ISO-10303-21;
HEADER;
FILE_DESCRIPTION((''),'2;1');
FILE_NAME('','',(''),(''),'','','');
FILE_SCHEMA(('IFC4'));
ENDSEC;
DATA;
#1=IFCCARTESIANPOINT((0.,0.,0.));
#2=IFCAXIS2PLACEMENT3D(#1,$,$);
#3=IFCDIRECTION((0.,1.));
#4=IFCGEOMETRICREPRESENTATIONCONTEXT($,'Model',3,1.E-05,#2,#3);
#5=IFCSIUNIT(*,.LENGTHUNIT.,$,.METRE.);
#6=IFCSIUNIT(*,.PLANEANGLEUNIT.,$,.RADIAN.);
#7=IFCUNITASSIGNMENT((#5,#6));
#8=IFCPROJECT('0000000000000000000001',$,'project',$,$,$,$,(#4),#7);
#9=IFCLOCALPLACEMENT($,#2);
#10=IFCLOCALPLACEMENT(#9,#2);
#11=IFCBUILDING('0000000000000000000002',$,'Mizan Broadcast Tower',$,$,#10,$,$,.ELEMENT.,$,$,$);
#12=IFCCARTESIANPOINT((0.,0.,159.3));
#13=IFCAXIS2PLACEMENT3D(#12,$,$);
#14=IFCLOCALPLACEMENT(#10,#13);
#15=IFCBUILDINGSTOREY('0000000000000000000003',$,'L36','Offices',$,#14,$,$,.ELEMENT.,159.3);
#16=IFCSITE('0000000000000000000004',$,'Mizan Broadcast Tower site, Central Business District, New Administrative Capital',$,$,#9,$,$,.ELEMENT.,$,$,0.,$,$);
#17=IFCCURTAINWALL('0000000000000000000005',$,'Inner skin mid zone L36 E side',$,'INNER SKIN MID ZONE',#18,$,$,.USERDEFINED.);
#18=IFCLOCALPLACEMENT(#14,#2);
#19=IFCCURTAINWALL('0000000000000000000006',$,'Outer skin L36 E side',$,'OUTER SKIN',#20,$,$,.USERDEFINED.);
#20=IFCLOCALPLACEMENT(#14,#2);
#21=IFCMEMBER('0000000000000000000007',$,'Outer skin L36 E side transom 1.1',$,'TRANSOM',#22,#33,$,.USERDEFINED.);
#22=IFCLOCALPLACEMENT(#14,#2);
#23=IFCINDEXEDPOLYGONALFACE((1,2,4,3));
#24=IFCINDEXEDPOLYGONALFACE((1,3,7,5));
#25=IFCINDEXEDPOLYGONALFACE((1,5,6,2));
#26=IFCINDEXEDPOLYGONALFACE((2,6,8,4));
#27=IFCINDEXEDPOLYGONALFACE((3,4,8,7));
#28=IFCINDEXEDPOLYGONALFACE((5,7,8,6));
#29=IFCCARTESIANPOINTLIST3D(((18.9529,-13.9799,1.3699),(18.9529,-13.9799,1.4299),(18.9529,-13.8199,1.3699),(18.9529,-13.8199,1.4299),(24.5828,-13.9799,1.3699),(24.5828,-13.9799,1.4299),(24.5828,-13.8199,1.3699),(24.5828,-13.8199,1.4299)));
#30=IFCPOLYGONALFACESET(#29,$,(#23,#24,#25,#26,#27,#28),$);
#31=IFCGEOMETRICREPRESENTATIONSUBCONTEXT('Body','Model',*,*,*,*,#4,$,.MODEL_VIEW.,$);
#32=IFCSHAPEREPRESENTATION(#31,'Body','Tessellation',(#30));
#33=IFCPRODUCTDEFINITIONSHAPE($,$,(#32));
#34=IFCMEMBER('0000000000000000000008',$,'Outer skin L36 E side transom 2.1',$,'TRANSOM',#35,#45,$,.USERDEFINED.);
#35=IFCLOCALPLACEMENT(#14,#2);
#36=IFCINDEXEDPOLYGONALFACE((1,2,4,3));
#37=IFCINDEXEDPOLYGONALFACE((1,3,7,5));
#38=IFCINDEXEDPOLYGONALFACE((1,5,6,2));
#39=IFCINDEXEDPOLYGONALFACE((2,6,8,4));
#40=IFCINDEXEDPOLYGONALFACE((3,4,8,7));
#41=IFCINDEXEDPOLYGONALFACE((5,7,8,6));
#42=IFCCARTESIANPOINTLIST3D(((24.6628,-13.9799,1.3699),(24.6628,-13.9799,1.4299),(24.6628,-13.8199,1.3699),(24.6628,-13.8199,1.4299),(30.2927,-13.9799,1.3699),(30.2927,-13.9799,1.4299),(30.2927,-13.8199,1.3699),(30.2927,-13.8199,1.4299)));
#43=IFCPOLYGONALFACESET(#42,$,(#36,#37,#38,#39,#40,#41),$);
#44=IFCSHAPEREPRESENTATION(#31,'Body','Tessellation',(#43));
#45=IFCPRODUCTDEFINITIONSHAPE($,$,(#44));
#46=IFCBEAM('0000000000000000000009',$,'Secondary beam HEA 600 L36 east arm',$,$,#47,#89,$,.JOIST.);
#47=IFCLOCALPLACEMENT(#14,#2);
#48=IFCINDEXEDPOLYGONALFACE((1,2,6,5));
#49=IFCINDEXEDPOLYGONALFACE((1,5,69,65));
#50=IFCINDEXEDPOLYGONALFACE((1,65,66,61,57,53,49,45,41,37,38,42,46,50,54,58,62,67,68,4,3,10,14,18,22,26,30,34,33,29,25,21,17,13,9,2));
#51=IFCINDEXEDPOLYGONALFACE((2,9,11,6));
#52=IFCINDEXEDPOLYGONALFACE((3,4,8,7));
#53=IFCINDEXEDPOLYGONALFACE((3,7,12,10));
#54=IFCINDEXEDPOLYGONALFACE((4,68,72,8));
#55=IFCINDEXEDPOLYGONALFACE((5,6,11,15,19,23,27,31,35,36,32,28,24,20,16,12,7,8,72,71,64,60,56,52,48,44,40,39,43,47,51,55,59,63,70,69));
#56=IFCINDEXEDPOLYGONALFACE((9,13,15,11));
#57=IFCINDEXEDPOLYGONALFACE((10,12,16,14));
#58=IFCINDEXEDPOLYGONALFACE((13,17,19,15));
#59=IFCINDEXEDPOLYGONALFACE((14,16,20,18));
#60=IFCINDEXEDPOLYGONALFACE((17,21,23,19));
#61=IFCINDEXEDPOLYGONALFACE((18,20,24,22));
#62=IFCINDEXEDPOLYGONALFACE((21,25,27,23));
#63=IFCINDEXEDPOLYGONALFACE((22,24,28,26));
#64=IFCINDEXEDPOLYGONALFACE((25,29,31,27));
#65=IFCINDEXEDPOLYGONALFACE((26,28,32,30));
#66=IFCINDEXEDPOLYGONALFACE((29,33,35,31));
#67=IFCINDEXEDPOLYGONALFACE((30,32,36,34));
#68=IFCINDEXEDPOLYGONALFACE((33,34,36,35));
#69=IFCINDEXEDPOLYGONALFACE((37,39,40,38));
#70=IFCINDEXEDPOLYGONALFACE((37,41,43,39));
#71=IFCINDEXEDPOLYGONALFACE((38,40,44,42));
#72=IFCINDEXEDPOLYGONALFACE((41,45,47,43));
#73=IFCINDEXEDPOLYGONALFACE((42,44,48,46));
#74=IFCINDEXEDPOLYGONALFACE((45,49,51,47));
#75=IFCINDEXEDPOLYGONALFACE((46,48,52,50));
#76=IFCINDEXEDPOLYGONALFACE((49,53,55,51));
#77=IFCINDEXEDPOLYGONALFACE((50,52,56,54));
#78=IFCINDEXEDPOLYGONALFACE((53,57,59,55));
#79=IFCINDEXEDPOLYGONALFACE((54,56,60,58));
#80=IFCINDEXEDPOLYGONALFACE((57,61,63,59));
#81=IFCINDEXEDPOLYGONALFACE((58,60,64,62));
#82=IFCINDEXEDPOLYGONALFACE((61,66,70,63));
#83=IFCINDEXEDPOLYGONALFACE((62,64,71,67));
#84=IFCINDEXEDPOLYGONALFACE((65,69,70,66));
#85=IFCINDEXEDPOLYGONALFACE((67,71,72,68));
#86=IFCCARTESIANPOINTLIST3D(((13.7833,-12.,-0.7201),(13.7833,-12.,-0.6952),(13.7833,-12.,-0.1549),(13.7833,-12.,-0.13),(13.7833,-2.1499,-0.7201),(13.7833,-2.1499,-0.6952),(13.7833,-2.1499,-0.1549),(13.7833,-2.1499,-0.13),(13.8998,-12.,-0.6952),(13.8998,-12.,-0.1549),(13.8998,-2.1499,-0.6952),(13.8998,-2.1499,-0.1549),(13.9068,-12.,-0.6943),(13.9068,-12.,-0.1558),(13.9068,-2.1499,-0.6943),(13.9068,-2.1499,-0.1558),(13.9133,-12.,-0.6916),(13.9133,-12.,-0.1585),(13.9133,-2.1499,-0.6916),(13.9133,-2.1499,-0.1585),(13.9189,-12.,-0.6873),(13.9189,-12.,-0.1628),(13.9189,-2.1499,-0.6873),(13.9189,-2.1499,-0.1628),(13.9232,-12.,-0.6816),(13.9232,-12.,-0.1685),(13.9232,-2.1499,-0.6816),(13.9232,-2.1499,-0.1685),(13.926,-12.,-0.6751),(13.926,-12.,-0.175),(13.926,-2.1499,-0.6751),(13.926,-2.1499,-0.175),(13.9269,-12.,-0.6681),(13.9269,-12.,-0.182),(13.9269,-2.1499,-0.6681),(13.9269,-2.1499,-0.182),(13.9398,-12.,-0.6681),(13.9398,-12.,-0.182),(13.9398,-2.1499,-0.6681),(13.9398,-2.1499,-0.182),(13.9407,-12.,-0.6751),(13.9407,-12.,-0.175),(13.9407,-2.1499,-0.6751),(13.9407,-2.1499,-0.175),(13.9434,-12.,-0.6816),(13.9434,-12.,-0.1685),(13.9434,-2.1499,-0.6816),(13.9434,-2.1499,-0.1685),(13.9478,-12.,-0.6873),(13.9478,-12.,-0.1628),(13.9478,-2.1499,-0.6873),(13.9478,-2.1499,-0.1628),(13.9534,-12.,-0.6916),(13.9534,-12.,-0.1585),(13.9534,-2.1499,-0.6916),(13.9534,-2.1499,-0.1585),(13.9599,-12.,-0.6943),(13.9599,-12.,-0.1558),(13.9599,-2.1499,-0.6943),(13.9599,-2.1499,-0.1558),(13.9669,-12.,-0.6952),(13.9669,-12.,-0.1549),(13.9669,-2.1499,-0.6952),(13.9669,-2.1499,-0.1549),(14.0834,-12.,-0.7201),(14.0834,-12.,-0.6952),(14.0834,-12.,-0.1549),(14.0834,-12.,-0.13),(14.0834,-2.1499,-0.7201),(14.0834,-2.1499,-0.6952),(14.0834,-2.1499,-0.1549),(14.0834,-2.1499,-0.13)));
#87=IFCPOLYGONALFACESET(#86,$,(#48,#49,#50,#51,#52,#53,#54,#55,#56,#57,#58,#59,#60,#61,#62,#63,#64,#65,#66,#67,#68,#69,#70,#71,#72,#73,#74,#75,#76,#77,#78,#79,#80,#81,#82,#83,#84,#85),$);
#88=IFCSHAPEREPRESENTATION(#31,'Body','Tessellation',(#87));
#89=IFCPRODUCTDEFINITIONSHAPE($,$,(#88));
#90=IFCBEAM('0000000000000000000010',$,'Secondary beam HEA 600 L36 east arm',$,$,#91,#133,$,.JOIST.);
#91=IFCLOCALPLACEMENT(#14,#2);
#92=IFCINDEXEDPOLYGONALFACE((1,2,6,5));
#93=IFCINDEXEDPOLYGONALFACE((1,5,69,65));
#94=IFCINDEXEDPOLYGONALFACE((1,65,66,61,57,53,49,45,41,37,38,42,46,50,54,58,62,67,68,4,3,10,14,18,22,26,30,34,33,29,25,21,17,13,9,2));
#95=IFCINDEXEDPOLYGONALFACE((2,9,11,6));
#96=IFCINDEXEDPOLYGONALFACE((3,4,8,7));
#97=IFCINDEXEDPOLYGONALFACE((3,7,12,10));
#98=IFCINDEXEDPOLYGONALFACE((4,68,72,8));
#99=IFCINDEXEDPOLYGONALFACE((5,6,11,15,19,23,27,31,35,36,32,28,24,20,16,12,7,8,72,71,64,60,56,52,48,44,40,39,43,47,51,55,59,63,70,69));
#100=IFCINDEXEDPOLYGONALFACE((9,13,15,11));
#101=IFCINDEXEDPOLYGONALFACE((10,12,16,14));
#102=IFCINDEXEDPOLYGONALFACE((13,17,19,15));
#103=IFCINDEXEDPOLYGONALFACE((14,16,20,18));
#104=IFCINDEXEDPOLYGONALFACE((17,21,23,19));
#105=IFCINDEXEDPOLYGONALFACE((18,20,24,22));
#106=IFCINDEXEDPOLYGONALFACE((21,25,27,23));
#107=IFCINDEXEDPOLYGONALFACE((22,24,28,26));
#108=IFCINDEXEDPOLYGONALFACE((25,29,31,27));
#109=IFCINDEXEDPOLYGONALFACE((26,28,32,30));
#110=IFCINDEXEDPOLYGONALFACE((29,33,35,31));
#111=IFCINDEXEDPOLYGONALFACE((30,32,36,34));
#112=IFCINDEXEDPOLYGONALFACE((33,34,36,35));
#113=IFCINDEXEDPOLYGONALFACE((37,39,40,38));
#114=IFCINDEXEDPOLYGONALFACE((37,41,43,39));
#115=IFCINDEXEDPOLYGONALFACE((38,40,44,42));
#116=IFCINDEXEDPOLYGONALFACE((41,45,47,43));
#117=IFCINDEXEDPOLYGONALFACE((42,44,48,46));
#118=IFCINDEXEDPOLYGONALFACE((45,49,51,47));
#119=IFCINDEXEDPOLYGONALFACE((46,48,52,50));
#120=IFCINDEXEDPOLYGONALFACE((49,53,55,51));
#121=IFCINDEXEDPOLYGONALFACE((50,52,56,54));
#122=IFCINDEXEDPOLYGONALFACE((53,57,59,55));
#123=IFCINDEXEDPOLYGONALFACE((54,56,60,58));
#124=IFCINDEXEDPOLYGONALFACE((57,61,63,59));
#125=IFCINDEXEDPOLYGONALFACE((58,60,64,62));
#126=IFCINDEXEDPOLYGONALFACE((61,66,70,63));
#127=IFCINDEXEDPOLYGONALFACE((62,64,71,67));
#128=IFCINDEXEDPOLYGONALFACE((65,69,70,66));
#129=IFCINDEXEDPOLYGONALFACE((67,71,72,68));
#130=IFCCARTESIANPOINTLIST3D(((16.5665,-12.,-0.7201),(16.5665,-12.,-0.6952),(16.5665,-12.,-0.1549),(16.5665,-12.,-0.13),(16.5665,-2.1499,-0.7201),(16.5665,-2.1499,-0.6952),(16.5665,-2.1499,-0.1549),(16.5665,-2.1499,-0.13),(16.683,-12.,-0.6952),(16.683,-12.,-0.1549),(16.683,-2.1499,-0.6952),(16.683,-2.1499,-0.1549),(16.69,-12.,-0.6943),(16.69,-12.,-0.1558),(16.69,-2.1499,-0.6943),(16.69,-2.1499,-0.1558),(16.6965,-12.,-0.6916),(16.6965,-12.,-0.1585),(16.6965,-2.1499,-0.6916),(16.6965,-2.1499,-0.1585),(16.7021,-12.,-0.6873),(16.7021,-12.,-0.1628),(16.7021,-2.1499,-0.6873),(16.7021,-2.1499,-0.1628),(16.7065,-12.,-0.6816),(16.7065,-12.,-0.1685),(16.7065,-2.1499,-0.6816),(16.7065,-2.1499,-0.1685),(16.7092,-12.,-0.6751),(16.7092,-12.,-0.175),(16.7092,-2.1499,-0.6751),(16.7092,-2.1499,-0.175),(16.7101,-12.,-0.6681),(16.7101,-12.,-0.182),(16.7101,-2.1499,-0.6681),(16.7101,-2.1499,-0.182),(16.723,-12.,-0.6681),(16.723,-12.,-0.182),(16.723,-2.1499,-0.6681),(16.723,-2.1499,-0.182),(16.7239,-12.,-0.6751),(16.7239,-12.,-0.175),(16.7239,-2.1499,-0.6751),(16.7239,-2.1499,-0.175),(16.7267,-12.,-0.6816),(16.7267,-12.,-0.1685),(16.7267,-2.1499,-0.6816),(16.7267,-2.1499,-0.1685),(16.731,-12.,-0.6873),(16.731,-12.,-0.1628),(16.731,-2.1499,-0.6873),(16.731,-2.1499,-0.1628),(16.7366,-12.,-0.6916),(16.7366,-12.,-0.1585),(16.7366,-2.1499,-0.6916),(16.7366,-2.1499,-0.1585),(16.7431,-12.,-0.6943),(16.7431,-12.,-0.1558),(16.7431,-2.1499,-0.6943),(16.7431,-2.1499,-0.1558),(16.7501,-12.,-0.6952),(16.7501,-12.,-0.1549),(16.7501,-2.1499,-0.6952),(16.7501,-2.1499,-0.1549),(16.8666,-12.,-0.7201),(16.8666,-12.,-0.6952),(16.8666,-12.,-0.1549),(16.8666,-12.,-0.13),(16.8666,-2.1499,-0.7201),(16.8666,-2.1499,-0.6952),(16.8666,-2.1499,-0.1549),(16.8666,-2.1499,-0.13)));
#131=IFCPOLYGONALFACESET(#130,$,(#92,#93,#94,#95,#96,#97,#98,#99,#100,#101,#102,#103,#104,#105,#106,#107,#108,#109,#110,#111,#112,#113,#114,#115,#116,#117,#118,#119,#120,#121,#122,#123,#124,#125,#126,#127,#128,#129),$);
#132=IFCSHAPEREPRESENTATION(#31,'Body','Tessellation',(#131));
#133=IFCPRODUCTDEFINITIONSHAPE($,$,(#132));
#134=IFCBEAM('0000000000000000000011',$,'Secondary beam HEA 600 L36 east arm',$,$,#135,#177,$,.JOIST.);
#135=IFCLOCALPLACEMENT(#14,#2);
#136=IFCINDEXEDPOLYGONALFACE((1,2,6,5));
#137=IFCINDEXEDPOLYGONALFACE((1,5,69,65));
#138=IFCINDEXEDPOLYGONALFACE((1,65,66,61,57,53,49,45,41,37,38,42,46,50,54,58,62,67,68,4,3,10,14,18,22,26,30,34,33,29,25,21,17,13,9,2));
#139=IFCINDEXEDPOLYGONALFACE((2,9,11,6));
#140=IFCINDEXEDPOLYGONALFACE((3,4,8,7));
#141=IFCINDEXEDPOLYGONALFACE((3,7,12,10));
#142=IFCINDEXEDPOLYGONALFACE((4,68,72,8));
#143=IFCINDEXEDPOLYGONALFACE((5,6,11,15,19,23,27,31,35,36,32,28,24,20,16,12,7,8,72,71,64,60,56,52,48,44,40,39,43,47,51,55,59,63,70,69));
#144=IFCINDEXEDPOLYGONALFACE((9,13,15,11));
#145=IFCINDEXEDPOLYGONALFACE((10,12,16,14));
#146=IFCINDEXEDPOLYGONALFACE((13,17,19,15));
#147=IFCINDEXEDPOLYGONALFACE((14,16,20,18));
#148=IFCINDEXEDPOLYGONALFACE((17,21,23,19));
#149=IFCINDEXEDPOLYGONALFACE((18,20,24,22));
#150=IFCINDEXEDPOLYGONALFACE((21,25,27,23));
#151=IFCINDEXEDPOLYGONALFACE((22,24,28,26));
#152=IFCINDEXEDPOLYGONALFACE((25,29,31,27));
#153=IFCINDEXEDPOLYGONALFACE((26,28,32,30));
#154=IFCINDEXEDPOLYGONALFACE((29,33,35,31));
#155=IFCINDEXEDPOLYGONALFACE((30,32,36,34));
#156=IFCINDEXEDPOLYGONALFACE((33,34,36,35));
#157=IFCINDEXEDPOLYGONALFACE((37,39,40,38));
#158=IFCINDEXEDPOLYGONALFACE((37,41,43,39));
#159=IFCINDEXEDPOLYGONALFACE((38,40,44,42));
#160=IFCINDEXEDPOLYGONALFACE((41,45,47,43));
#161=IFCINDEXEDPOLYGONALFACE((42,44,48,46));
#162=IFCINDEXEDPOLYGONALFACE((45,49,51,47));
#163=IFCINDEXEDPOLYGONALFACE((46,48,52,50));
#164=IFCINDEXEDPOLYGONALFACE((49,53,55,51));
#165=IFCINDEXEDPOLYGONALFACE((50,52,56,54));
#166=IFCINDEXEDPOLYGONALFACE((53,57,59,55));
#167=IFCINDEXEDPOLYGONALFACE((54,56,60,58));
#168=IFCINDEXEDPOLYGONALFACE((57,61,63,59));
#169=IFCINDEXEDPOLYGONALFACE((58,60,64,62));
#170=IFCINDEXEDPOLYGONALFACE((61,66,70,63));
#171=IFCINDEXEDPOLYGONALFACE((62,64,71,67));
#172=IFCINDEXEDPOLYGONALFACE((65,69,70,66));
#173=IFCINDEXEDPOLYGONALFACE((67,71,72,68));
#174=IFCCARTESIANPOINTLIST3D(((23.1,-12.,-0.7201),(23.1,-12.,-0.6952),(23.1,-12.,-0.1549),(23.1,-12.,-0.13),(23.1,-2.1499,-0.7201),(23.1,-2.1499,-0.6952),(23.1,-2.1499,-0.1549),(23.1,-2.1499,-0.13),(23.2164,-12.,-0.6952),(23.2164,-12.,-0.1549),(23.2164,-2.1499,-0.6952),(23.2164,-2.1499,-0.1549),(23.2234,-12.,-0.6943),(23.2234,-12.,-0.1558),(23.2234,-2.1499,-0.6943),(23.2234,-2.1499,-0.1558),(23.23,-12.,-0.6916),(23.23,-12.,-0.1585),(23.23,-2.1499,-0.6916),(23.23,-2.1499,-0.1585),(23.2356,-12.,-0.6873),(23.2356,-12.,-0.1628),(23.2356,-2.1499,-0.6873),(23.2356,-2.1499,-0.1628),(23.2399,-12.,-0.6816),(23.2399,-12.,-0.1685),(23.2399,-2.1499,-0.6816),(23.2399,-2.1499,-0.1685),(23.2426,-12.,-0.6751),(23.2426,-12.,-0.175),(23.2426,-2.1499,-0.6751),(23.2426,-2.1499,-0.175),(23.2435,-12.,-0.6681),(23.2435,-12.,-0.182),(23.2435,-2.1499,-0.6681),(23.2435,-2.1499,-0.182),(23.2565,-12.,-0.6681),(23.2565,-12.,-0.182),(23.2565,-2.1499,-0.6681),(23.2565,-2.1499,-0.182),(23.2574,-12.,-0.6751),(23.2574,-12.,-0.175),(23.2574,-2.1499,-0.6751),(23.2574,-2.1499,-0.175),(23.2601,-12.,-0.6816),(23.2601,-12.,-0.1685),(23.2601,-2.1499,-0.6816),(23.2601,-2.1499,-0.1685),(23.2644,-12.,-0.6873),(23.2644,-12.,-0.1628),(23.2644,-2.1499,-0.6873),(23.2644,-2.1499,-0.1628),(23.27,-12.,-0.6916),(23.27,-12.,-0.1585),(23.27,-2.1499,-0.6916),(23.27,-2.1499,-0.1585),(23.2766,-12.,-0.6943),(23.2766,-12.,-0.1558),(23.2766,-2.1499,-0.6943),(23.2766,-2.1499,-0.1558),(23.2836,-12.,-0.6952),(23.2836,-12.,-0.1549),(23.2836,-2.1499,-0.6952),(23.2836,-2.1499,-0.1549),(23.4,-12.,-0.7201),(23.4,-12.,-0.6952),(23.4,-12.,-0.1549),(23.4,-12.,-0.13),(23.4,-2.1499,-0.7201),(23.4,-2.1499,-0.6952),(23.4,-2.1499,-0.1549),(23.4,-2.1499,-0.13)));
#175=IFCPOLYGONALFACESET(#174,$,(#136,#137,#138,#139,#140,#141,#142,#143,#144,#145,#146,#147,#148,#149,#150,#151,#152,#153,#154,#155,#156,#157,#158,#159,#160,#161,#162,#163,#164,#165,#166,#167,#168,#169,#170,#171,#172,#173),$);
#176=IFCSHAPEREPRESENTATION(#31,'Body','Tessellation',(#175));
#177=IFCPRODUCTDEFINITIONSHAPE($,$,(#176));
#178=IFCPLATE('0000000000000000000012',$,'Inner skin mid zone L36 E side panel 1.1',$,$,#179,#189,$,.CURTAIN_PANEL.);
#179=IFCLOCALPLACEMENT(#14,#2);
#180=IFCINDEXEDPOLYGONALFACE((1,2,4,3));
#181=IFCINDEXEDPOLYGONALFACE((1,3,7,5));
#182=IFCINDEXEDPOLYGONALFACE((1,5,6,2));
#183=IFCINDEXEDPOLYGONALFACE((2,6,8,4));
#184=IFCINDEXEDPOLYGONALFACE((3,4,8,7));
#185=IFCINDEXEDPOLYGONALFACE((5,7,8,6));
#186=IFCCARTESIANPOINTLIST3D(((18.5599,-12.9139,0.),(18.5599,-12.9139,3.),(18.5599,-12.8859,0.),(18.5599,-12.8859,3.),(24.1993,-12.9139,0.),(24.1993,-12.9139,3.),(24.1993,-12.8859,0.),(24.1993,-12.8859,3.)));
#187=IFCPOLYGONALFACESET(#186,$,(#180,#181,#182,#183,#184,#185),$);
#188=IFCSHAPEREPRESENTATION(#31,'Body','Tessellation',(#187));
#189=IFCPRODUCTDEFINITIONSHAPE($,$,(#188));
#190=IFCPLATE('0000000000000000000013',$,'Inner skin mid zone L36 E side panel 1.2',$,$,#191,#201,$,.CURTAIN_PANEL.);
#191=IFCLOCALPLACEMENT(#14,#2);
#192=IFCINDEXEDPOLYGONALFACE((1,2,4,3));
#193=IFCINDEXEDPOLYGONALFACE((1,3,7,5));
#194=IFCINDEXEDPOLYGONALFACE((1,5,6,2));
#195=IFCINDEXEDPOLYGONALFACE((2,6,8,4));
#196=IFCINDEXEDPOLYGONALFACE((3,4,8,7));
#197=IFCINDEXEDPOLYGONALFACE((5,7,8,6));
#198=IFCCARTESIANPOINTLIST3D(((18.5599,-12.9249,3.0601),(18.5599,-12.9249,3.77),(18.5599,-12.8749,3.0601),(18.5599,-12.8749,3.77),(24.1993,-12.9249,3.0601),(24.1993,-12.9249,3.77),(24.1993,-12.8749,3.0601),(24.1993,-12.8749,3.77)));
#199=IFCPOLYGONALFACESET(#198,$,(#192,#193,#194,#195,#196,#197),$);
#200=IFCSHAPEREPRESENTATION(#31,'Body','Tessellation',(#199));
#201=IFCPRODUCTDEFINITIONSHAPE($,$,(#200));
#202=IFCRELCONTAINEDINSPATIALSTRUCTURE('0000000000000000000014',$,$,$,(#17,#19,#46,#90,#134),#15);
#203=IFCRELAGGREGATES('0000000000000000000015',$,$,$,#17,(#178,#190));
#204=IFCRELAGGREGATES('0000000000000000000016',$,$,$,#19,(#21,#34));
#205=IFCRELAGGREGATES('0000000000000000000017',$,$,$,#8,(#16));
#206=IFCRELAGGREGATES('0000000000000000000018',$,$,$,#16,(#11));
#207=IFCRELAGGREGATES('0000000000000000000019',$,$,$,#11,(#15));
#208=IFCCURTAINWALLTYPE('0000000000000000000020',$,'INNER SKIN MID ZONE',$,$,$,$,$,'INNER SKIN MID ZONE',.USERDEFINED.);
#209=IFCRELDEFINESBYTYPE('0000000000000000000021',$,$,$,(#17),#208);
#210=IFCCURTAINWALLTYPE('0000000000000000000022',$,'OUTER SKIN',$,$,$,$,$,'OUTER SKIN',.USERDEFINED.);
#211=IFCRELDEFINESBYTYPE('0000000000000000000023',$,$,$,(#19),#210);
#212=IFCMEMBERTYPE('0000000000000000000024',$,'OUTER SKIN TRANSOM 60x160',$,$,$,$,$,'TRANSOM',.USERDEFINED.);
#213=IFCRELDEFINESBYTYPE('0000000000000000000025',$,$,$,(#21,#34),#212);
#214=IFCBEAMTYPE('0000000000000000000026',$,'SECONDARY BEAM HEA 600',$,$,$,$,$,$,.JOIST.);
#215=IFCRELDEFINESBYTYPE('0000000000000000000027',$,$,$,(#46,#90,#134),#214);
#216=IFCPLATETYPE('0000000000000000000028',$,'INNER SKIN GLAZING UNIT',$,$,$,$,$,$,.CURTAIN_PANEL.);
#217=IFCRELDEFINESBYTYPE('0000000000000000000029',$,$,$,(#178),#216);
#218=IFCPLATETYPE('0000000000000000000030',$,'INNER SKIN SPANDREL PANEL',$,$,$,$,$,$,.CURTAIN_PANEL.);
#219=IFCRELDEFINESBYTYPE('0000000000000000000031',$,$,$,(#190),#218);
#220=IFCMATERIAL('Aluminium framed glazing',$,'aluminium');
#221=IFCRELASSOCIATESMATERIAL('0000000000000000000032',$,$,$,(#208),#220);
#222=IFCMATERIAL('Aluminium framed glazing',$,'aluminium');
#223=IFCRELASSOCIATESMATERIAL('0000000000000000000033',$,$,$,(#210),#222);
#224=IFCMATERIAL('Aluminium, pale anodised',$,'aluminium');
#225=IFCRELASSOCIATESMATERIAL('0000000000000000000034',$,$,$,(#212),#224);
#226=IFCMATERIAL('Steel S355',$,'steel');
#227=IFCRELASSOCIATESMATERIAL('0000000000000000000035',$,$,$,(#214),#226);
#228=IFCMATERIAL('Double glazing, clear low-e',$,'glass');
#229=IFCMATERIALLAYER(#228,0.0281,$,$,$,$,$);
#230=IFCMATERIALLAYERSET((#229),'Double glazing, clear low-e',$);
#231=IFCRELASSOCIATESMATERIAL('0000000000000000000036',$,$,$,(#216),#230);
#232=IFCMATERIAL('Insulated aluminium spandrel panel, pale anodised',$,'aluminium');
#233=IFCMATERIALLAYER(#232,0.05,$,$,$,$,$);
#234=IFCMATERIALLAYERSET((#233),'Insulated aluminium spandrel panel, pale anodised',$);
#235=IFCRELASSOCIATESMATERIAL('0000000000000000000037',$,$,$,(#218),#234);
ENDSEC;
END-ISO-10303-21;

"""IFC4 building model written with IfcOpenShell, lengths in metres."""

from ifc_helpers import new_model, si_unit, direction, frame, origin, origin_2d, place, context, subcontext, project, spatial, rectangle, i_section, extrude, material, layer, layer_set, material_profile, profile_set, type_object, element, aggregate, save


model = new_model("IFC4")

# Units and contexts
model_context = context("Model", 3, precision=1e-05, world=origin(), true_north=direction((0.0, 1.0)))
body_context = subcontext(model_context, "Body", "Model", "MODEL_VIEW")
ifc_project = project(units=[si_unit("LENGTHUNIT", "METRE"), si_unit("PLANEANGLEUNIT", "RADIAN")], contexts=[model_context])

# Site, building, storey
site_placement = place(None, origin())
site = spatial("IfcSite", under=ifc_project, at=site_placement, Name="Mizan Broadcast Tower site, Central Business District, New Administrative Capital", CompositionType="ELEMENT", RefElevation=0.0)
building_placement = place(site_placement, origin())
building = spatial("IfcBuilding", under=site, at=building_placement, Name="Mizan Broadcast Tower", CompositionType="ELEMENT")
storey_placement = place(building_placement, frame((0.0, 0.0, 159.3)))
storey = spatial("IfcBuildingStorey", under=building, at=storey_placement, Name="L36", Description="Offices", CompositionType="ELEMENT", Elevation=159.3)

# Curtain wall
ifc_material_1 = material(Name="Aluminium framed glazing", Category="aluminium")
curtain_wall_type_1 = type_object("IfcCurtainWallType", Name="INNER SKIN MID ZONE", ElementType="INNER SKIN MID ZONE", PredefinedType="USERDEFINED", material=ifc_material_1)
curtain_wall_1_placement = place(storey_placement, origin())
curtain_wall_1 = element("IfcCurtainWall", 1, at=curtain_wall_1_placement, inside=storey, type_object=curtain_wall_type_1, Name="Inner skin mid zone L36 E side", ObjectType="INNER SKIN MID ZONE", PredefinedType="USERDEFINED")

# Curtain wall
ifc_material_2 = material(Name="Aluminium framed glazing", Category="aluminium")
curtain_wall_type_2 = type_object("IfcCurtainWallType", Name="OUTER SKIN", ElementType="OUTER SKIN", PredefinedType="USERDEFINED", material=ifc_material_2)
curtain_wall_2_placement = place(storey_placement, origin())
curtain_wall_2 = element("IfcCurtainWall", 2, at=curtain_wall_2_placement, inside=storey, type_object=curtain_wall_type_2, Name="Outer skin L36 E side", ObjectType="OUTER SKIN", PredefinedType="USERDEFINED")

# Members
ifc_material_3 = material(Name="Aluminium, pale anodised", Category="aluminium")
ifc_material_profile_1 = material_profile(ifc_material_3, rectangle(XDim=0.1599, YDim=0.0601, at=origin_2d()), Name="TRANSOM 160x60")
ifc_profile_set_1 = profile_set([ifc_material_profile_1], Name="Aluminium, pale anodised")
member_type_1 = type_object("IfcMemberType", Name="OUTER SKIN TRANSOM 60x160", ElementType="TRANSOM", PredefinedType="USERDEFINED", material=ifc_profile_set_1)
member_1_placement = place(storey_placement, frame((18.9529, -13.8999, 1.3999), z_axis=(1.0, 0.0, 0.0), x_axis=(0.0, 1.0, 0.0)))
member_1 = element("IfcMember", 3, at=member_1_placement, type_object=member_type_1, Name="Outer skin L36 E side transom 1.1", ObjectType="TRANSOM", PredefinedType="USERDEFINED", context=body_context, shape_type="SweptSolid", body=[
    extrude(rectangle(XDim=0.1599, YDim=0.0601, at=origin_2d()), origin(), (0.0, 0.0, 1.0), 5.6299),
])
member_2_placement = place(storey_placement, frame((24.6628, -13.8999, 1.3999), z_axis=(1.0, 0.0, 0.0), x_axis=(0.0, 1.0, 0.0)))
member_2 = element("IfcMember", 4, at=member_2_placement, type_object=member_type_1, Name="Outer skin L36 E side transom 2.1", ObjectType="TRANSOM", PredefinedType="USERDEFINED", context=body_context, shape_type="SweptSolid", body=[
    extrude(rectangle(XDim=0.1599, YDim=0.0601, at=origin_2d()), origin(), (0.0, 0.0, 1.0), 5.6299),
])

# Beams
ifc_material_4 = material(Name="Steel S355", Category="steel")
ifc_material_profile_2 = material_profile(ifc_material_4, i_section(OverallWidth=0.3, OverallDepth=0.5901, WebThickness=0.0129, FlangeThickness=0.0249, FilletRadius=0.0271, at=origin_2d()), Name="HEA 600")
ifc_profile_set_2 = profile_set([ifc_material_profile_2], Name="Steel S355")
beam_type_1 = type_object("IfcBeamType", Name="SECONDARY BEAM HEA 600", PredefinedType="JOIST", material=ifc_profile_set_2)
for number, where, z_axis, x_axis, name in (
    (5, (13.9333, -12.0, -0.425), (0.0, 1.0, 0.0), (-1.0, 0.0, 0.0), "Secondary beam HEA 600 L36 east arm"),
    (6, (16.7166, -12.0, -0.425), (0.0, 1.0, 0.0), (-1.0, 0.0, 0.0), "Secondary beam HEA 600 L36 east arm"),
    (7, (23.25, -12.0, -0.425), (0.0, 1.0, 0.0), (-1.0, 0.0, 0.0), "Secondary beam HEA 600 L36 east arm"),
):
    element("IfcBeam", number, at=place(storey_placement, frame(where, z_axis=z_axis, x_axis=x_axis)), inside=storey, type_object=beam_type_1, Name=name, PredefinedType="JOIST", context=body_context, shape_type="SweptSolid", body=[
        extrude(i_section(OverallWidth=0.3, OverallDepth=0.5901, WebThickness=0.0129, FlangeThickness=0.0249, FilletRadius=0.0271, at=origin_2d()), origin(), (0.0, 0.0, 1.0), 9.8501),
    ])

# Plates
ifc_material_5 = material(Name="Double glazing, clear low-e", Category="glass")
ifc_layer_1 = layer(ifc_material_5, 0.0281)
ifc_layer_set_1 = layer_set([ifc_layer_1], Name="Double glazing, clear low-e")
plate_type_1 = type_object("IfcPlateType", Name="INNER SKIN GLAZING UNIT", PredefinedType="CURTAIN_PANEL", material=ifc_layer_set_1)
plate_1_placement = place(storey_placement, frame((21.3796, -12.8999, 0.0), z_axis=(0.0, 0.0, 1.0), x_axis=(1.0, 0.0, 0.0)))
plate_1 = element("IfcPlate", 8, at=plate_1_placement, type_object=plate_type_1, Name="Inner skin mid zone L36 E side panel 1.1", PredefinedType="CURTAIN_PANEL", context=body_context, shape_type="SweptSolid", body=[
    extrude(rectangle(XDim=5.6394, YDim=0.0281, at=origin_2d()), origin(), (0.0, 0.0, 1.0), 3.0),
])
ifc_material_6 = material(Name="Insulated aluminium spandrel panel, pale anodised", Category="aluminium")
ifc_layer_2 = layer(ifc_material_6, 0.05)
ifc_layer_set_2 = layer_set([ifc_layer_2], Name="Insulated aluminium spandrel panel, pale anodised")
plate_type_2 = type_object("IfcPlateType", Name="INNER SKIN SPANDREL PANEL", PredefinedType="CURTAIN_PANEL", material=ifc_layer_set_2)
plate_2_placement = place(storey_placement, frame((21.3796, -12.8999, 3.0601), z_axis=(0.0, 0.0, 1.0), x_axis=(1.0, 0.0, 0.0)))
plate_2 = element("IfcPlate", 9, at=plate_2_placement, type_object=plate_type_2, Name="Inner skin mid zone L36 E side panel 1.2", PredefinedType="CURTAIN_PANEL", context=body_context, shape_type="SweptSolid", body=[
    extrude(rectangle(XDim=5.6394, YDim=0.05, at=origin_2d()), origin(), (0.0, 0.0, 1.0), 0.71),
])
aggregate(curtain_wall_1, [plate_1, plate_2])
aggregate(curtain_wall_2, [member_1, member_2])

save(model, "model.ifc")
